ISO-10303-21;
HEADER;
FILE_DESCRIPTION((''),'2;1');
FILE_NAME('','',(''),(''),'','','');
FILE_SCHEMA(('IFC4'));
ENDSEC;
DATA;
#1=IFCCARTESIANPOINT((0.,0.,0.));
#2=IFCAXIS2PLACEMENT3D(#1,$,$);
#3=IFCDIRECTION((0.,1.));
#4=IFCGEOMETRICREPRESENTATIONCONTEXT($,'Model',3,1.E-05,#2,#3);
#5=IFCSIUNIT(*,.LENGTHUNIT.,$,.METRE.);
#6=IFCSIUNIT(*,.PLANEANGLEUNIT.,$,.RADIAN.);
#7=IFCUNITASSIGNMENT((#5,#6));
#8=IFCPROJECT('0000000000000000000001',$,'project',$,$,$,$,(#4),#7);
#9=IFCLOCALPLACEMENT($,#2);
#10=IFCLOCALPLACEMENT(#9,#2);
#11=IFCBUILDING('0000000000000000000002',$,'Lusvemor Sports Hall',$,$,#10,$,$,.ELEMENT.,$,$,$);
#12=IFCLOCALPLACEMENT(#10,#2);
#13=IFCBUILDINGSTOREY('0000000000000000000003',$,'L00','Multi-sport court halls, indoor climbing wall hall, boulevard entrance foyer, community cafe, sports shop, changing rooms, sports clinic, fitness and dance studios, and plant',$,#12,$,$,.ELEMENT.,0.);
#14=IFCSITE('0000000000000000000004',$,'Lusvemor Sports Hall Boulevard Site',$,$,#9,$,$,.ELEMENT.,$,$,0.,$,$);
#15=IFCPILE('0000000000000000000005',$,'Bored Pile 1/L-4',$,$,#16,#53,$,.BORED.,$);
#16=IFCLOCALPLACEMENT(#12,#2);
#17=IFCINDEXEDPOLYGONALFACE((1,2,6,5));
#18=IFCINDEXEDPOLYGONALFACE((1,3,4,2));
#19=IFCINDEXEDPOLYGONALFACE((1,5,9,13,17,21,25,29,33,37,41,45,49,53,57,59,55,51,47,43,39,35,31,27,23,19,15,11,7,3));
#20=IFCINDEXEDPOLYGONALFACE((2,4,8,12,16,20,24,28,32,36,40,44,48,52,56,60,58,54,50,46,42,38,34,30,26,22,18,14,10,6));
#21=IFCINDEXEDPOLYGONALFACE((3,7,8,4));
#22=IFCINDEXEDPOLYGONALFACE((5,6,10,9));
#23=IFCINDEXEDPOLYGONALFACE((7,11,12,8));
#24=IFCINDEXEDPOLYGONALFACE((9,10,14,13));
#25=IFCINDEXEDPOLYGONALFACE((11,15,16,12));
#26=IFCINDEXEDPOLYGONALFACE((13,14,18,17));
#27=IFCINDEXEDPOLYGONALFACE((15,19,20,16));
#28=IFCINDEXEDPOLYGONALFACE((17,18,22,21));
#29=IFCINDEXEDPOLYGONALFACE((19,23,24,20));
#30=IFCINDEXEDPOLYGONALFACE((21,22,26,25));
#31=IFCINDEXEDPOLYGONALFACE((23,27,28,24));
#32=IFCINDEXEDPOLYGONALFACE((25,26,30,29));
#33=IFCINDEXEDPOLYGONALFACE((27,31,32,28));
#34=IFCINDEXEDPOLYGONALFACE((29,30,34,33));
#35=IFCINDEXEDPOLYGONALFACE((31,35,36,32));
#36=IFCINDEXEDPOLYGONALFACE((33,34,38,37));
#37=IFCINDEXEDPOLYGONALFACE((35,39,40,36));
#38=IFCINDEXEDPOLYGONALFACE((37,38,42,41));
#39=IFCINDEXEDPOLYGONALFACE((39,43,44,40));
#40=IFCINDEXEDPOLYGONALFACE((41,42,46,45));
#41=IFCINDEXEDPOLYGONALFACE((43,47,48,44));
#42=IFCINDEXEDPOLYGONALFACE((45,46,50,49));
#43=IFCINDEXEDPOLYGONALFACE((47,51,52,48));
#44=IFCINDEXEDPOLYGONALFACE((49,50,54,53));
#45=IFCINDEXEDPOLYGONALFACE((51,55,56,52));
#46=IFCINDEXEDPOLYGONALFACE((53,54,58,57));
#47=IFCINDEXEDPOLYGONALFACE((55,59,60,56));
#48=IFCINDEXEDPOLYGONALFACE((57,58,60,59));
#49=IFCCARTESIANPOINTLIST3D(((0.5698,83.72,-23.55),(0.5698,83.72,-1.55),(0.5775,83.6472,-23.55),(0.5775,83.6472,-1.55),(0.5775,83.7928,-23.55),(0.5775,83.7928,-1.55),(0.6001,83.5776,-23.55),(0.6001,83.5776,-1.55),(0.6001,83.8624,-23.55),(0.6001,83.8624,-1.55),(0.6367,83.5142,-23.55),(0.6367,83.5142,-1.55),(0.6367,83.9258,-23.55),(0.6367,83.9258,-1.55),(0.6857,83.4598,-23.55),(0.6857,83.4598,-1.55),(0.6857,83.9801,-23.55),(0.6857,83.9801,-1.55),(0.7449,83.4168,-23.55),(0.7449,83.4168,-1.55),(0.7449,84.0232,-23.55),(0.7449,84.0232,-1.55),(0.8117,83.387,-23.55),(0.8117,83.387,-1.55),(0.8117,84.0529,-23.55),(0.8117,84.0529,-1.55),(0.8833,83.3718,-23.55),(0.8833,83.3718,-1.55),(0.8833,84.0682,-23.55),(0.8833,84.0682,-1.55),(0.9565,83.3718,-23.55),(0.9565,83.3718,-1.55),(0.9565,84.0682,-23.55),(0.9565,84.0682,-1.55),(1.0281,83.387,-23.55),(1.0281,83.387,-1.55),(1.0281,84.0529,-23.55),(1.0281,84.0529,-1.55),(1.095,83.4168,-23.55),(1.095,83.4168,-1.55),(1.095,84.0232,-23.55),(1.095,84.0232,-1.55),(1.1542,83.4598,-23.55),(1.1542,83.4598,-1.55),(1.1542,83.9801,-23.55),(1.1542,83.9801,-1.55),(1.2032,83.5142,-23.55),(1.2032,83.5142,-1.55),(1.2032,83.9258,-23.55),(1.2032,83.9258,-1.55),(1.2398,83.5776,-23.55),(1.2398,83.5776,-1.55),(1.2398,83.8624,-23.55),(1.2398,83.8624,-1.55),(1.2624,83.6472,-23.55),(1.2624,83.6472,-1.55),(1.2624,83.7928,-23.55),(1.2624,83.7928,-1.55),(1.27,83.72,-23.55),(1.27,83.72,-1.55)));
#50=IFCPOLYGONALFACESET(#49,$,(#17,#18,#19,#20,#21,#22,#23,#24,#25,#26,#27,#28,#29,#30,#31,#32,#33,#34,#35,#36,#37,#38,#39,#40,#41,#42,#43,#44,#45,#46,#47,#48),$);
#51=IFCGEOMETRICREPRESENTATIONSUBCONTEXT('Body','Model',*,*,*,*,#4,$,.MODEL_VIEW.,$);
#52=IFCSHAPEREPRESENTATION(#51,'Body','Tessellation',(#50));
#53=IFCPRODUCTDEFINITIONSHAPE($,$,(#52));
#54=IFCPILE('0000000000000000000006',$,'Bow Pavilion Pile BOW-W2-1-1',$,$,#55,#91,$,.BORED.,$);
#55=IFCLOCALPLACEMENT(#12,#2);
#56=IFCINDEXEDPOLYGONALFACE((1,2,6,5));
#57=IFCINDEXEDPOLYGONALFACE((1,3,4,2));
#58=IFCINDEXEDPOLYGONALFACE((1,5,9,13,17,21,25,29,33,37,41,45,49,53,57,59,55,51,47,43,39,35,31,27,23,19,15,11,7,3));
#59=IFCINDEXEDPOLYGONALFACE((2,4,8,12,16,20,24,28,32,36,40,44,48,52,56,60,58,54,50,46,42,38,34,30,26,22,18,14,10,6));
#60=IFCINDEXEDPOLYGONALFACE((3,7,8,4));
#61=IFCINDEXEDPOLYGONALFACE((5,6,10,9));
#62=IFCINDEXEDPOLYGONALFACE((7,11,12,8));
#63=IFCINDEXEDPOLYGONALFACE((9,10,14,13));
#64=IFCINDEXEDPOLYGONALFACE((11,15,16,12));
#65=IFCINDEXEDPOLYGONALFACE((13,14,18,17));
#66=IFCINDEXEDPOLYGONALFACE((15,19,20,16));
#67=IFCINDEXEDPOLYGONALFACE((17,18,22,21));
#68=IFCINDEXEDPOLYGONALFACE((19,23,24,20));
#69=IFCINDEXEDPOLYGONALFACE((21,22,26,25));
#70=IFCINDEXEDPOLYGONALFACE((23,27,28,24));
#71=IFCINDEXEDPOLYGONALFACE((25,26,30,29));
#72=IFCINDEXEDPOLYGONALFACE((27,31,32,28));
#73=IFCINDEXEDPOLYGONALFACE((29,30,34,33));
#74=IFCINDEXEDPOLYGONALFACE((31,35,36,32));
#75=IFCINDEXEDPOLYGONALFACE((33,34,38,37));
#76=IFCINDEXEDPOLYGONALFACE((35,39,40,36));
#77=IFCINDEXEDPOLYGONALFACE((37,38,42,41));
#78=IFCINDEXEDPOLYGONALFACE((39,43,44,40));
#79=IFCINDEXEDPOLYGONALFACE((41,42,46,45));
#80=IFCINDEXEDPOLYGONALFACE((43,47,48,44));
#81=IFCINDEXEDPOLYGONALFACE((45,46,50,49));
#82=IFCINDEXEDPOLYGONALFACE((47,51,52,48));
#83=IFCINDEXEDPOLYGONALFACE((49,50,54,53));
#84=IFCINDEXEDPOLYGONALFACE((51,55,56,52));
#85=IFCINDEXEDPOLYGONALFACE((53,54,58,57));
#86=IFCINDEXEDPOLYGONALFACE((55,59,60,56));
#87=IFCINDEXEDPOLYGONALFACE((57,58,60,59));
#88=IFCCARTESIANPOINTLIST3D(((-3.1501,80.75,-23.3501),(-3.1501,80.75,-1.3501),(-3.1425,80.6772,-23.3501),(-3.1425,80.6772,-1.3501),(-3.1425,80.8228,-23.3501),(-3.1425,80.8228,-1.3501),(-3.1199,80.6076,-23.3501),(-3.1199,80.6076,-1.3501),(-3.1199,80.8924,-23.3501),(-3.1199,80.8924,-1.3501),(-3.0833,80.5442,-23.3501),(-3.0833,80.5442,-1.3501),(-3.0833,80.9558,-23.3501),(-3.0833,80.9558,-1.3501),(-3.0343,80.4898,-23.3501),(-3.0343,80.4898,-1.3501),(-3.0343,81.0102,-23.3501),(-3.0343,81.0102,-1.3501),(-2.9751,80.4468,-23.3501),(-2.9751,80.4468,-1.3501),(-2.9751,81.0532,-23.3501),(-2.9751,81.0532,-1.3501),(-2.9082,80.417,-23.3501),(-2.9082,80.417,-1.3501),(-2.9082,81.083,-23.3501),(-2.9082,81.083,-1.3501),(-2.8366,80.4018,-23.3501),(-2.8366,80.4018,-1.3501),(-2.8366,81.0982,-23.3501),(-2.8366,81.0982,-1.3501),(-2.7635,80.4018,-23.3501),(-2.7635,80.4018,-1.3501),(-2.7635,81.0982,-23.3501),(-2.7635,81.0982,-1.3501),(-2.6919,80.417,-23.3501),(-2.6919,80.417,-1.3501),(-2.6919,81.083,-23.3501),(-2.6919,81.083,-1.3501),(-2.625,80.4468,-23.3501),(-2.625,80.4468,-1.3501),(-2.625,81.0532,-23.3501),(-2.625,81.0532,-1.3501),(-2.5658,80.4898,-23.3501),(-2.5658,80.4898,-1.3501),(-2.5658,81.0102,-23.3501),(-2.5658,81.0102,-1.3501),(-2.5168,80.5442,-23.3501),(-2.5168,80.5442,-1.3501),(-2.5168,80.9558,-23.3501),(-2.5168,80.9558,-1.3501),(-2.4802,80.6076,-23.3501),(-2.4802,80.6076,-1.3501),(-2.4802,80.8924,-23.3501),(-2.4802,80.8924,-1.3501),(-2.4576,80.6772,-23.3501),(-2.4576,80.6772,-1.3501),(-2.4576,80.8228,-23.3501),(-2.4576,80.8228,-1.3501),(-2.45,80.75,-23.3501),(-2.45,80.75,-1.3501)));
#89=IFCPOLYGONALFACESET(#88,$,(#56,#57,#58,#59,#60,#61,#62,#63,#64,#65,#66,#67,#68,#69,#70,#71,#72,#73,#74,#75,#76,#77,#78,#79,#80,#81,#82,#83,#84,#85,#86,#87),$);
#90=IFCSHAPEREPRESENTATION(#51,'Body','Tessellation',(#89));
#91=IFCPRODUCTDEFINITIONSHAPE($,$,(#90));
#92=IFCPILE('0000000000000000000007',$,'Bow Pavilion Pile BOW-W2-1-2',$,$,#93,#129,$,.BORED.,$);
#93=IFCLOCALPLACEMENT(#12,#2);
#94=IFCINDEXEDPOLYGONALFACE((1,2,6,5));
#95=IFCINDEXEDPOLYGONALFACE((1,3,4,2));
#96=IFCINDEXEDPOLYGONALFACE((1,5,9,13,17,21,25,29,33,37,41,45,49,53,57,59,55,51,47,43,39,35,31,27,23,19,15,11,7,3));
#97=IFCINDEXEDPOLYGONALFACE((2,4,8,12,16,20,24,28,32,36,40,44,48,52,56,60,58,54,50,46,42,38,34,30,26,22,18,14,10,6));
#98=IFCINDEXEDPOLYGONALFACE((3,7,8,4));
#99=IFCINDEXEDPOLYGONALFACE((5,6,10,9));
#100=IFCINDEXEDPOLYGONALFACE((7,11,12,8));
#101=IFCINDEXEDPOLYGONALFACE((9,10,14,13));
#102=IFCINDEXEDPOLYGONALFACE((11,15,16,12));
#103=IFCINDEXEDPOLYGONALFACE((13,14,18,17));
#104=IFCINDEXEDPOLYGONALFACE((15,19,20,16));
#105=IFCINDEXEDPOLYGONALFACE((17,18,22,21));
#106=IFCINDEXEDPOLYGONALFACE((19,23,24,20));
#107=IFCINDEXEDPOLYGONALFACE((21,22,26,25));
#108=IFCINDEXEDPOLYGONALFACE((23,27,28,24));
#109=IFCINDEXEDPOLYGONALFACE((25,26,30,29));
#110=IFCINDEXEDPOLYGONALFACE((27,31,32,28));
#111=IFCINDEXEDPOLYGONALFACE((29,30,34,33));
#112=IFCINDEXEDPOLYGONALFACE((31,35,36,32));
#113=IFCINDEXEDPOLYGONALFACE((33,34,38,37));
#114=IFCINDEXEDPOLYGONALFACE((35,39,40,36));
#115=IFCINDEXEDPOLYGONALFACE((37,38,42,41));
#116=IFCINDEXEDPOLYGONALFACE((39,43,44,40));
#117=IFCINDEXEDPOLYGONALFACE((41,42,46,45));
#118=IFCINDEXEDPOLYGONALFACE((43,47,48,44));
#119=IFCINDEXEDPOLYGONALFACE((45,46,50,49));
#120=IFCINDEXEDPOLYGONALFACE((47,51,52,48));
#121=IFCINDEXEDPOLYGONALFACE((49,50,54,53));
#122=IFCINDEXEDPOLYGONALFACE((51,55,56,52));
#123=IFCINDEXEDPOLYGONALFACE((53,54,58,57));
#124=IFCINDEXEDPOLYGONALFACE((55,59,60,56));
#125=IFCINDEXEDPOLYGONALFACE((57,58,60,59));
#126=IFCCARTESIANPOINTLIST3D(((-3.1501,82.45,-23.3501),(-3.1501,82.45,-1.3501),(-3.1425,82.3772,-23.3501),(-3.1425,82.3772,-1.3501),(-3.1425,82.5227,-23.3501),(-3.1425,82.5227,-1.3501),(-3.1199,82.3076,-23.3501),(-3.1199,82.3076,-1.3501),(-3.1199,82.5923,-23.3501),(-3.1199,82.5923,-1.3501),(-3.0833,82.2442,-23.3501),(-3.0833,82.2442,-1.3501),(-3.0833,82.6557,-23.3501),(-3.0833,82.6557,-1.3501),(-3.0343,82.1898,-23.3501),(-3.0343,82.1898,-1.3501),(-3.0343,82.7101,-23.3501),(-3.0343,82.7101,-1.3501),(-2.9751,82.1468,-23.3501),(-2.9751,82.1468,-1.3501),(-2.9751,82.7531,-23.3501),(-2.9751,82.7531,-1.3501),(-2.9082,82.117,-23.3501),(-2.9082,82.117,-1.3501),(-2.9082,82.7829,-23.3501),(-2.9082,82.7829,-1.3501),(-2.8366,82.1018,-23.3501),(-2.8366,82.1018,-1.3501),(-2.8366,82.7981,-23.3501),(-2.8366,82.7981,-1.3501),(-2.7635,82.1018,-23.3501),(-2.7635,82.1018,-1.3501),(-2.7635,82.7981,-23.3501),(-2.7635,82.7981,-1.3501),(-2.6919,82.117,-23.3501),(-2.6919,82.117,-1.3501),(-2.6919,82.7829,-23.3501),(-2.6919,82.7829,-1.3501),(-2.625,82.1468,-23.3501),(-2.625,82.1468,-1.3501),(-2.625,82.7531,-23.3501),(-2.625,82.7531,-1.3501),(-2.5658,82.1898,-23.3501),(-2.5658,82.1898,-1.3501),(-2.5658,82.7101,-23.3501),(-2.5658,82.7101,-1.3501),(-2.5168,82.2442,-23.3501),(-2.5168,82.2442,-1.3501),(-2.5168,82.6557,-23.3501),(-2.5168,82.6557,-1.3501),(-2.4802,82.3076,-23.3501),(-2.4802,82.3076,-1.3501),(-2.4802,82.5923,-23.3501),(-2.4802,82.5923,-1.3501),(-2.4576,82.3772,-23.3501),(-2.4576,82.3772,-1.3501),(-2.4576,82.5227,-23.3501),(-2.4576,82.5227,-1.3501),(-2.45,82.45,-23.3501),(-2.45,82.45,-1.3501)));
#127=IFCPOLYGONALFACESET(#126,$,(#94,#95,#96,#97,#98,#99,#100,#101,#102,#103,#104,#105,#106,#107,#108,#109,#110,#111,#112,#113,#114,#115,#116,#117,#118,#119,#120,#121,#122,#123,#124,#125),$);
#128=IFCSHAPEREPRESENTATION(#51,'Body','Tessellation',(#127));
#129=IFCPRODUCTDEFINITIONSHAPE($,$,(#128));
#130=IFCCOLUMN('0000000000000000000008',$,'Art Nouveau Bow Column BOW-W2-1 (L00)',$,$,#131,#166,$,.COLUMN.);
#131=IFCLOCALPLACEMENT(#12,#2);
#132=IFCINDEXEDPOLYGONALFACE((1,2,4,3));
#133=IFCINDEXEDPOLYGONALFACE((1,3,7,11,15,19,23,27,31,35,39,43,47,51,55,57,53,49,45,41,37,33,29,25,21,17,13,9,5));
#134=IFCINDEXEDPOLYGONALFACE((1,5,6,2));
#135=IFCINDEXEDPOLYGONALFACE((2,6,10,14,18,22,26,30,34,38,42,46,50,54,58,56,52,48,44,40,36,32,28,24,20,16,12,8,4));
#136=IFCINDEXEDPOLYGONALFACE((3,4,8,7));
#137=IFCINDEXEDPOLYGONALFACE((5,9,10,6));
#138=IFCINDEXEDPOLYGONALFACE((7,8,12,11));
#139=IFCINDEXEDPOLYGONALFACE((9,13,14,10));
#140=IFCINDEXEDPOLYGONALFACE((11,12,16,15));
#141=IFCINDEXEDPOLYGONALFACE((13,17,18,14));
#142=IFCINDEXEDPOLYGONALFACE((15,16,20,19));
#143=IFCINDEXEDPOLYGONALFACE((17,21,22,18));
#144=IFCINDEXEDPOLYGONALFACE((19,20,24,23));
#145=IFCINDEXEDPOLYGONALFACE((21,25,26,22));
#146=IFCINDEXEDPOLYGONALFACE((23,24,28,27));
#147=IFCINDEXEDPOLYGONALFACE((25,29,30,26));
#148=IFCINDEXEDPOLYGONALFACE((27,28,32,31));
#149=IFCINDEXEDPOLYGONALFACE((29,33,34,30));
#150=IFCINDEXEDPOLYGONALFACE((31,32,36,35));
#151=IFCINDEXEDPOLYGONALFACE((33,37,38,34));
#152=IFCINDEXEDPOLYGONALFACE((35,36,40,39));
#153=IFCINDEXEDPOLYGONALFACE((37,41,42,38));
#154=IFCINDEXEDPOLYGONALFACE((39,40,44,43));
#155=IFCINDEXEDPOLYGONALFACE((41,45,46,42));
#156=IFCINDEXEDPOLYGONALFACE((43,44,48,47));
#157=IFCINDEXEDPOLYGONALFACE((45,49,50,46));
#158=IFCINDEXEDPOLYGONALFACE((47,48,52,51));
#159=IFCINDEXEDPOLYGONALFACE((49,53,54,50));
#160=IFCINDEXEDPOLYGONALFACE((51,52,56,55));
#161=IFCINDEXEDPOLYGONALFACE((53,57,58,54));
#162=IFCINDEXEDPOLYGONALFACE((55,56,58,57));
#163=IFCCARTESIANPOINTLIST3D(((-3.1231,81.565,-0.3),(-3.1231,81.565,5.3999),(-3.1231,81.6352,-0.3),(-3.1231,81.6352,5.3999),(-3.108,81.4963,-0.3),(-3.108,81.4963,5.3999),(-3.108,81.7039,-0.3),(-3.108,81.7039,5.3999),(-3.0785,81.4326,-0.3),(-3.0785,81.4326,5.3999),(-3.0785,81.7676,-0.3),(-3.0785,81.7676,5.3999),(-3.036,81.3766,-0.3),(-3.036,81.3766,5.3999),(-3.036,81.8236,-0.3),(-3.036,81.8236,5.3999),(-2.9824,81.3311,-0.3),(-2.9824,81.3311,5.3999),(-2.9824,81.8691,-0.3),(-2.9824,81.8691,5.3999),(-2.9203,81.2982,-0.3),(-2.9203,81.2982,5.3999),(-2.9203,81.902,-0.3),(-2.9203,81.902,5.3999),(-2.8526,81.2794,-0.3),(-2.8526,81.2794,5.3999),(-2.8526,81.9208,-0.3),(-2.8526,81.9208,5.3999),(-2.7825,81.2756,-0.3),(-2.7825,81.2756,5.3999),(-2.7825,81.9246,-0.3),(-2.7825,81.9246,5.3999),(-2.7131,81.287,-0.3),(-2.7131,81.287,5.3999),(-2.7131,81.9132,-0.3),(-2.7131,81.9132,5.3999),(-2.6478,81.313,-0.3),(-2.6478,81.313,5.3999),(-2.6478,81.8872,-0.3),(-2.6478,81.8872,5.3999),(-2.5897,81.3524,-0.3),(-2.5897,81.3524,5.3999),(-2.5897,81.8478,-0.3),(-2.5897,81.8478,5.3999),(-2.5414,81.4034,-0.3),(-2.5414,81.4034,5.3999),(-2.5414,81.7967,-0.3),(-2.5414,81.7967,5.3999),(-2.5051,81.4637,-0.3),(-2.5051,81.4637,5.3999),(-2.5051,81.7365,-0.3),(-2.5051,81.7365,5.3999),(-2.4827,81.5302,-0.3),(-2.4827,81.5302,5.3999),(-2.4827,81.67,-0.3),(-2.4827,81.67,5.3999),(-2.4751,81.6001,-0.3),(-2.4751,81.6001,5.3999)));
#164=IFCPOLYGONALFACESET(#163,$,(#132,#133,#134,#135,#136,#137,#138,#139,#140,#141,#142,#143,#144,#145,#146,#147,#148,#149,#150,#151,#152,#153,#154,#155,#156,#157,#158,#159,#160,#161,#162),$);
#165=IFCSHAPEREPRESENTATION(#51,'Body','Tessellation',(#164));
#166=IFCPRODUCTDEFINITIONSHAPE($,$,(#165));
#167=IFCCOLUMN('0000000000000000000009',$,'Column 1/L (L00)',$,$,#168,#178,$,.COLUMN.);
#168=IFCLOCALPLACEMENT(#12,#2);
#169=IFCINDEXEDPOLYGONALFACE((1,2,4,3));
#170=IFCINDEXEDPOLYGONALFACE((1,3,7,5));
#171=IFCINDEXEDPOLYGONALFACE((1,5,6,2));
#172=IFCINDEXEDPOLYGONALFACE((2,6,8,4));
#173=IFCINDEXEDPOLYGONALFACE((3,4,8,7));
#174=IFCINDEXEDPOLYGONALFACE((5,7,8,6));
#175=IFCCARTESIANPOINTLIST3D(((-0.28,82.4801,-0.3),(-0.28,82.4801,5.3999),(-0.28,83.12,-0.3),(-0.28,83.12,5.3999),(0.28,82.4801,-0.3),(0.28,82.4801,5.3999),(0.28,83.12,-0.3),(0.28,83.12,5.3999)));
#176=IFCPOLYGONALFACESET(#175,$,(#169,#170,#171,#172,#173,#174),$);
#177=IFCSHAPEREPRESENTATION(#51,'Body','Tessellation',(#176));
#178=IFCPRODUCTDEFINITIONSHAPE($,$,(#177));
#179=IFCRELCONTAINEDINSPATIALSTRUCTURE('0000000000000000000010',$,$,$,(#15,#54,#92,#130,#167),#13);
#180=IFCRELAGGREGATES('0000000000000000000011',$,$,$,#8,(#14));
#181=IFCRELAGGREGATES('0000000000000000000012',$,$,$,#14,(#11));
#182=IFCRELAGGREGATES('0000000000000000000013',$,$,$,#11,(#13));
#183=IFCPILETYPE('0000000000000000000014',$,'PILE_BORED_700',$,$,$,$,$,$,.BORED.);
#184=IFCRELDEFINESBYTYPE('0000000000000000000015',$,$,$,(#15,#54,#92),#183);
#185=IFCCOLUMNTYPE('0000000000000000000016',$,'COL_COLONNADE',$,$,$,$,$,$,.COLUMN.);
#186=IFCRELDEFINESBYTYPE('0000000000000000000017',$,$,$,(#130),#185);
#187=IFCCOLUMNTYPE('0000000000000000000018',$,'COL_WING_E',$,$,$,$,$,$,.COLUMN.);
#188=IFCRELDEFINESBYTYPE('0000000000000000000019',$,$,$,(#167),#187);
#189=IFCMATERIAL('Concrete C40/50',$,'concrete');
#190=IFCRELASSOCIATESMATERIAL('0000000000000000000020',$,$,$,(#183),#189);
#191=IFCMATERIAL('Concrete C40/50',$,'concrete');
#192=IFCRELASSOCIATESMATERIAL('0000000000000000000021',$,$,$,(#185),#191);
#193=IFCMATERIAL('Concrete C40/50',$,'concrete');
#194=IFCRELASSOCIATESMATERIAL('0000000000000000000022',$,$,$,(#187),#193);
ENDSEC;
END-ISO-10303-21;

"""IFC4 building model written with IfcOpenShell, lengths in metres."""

from ifc_helpers import new_model, si_unit, direction, frame, origin, origin_2d, place, context, subcontext, project, spatial, rectangle, circle, extrude, material, material_profile, profile_set, type_object, element, save


model = new_model("IFC4")

# Units and contexts
model_context = context("Model", 3, precision=1e-05, world=origin(), true_north=direction((0.0, 1.0)))
body_context = subcontext(model_context, "Body", "Model", "MODEL_VIEW")
ifc_project = project(units=[si_unit("LENGTHUNIT", "METRE"), si_unit("PLANEANGLEUNIT", "RADIAN")], contexts=[model_context])

# Site, building, storey
site_placement = place(None, origin())
site = spatial("IfcSite", under=ifc_project, at=site_placement, Name="Lusvemor Sports Hall Boulevard Site", CompositionType="ELEMENT", RefElevation=0.0)
building_placement = place(site_placement, origin())
building = spatial("IfcBuilding", under=site, at=building_placement, Name="Lusvemor Sports Hall", CompositionType="ELEMENT")
storey_placement = place(building_placement, origin())
storey = spatial("IfcBuildingStorey", under=building, at=storey_placement, Name="L00", Description="Multi-sport court halls, indoor climbing wall hall, boulevard entrance foyer, community cafe, sports shop, changing rooms, sports clinic, fitness and dance studios, and plant", CompositionType="ELEMENT", Elevation=0.0)

# Piles
ifc_material_1 = material(Name="Concrete C40/50", Category="concrete")
ifc_material_profile_1 = material_profile(ifc_material_1, circle(Radius=0.3501, at=origin_2d()), Name="PILE700")
ifc_profile_set_1 = profile_set([ifc_material_profile_1], Name="Concrete C40/50")
pile_type = type_object("IfcPileType", Name="PILE_BORED_700", PredefinedType="BORED", material=ifc_profile_set_1)
for number, where, z_axis, x_axis, name in (
    (1, (0.9199, 83.72, -1.55), (0.0, 0.0, -1.0), (1.0, 0.0, 0.0), "Bored Pile 1/L-4"),
    (2, (-2.8, 80.75, -1.3501), (0.0, 0.0, -1.0), (1.0, 0.0, 0.0), "Bow Pavilion Pile BOW-W2-1-1"),
    (3, (-2.8, 82.45, -1.3501), (0.0, 0.0, -1.0), (1.0, 0.0, 0.0), "Bow Pavilion Pile BOW-W2-1-2"),
):
    element("IfcPile", number, at=place(storey_placement, frame(where, z_axis=z_axis, x_axis=x_axis)), inside=storey, type_object=pile_type, Name=name, PredefinedType="BORED", context=body_context, shape_type="SweptSolid", body=[
        extrude(circle(Radius=0.3501, at=origin_2d()), origin(), (0.0, 0.0, 1.0), 22.0),
    ])

# Columns
ifc_material_2 = material(Name="Concrete C40/50", Category="concrete")
ifc_material_profile_2 = material_profile(ifc_material_2, circle(Radius=0.325, at=origin_2d()), Name="RCCIRC650")
ifc_profile_set_2 = profile_set([ifc_material_profile_2], Name="Concrete C40/50")
column_type_1 = type_object("IfcColumnType", Name="COL_COLONNADE", PredefinedType="COLUMN", material=ifc_profile_set_2)
column_1_placement = place(storey_placement, frame((-2.8, 81.6001, -0.3), z_axis=(0.0, 0.0, 1.0), x_axis=(1.0, 0.0, 0.0)))
element("IfcColumn", 4, at=column_1_placement, inside=storey, type_object=column_type_1, Name="Art Nouveau Bow Column BOW-W2-1 (L00)", PredefinedType="COLUMN", context=body_context, shape_type="SweptSolid", body=[
    extrude(circle(Radius=0.325, at=origin_2d()), origin(), (0.0, 0.0, 1.0), 5.7),
])
ifc_material_3 = material(Name="Concrete C40/50", Category="concrete")
ifc_material_profile_3 = material_profile(ifc_material_3, rectangle(XDim=0.5601, YDim=0.6399, at=origin_2d()), Name="RC560x640")
ifc_profile_set_3 = profile_set([ifc_material_profile_3], Name="Concrete C40/50")
column_type_2 = type_object("IfcColumnType", Name="COL_WING_E", PredefinedType="COLUMN", material=ifc_profile_set_3)
column_2_placement = place(storey_placement, frame((0.0, 82.8, -0.3), z_axis=(0.0, 0.0, 1.0), x_axis=(1.0, 0.0, 0.0)))
element("IfcColumn", 5, at=column_2_placement, inside=storey, type_object=column_type_2, Name="Column 1/L (L00)", PredefinedType="COLUMN", context=body_context, shape_type="SweptSolid", body=[
    extrude(rectangle(XDim=0.5601, YDim=0.6399, at=origin_2d()), origin(), (0.0, 0.0, 1.0), 5.7),
])

save(model, "model.ifc")
